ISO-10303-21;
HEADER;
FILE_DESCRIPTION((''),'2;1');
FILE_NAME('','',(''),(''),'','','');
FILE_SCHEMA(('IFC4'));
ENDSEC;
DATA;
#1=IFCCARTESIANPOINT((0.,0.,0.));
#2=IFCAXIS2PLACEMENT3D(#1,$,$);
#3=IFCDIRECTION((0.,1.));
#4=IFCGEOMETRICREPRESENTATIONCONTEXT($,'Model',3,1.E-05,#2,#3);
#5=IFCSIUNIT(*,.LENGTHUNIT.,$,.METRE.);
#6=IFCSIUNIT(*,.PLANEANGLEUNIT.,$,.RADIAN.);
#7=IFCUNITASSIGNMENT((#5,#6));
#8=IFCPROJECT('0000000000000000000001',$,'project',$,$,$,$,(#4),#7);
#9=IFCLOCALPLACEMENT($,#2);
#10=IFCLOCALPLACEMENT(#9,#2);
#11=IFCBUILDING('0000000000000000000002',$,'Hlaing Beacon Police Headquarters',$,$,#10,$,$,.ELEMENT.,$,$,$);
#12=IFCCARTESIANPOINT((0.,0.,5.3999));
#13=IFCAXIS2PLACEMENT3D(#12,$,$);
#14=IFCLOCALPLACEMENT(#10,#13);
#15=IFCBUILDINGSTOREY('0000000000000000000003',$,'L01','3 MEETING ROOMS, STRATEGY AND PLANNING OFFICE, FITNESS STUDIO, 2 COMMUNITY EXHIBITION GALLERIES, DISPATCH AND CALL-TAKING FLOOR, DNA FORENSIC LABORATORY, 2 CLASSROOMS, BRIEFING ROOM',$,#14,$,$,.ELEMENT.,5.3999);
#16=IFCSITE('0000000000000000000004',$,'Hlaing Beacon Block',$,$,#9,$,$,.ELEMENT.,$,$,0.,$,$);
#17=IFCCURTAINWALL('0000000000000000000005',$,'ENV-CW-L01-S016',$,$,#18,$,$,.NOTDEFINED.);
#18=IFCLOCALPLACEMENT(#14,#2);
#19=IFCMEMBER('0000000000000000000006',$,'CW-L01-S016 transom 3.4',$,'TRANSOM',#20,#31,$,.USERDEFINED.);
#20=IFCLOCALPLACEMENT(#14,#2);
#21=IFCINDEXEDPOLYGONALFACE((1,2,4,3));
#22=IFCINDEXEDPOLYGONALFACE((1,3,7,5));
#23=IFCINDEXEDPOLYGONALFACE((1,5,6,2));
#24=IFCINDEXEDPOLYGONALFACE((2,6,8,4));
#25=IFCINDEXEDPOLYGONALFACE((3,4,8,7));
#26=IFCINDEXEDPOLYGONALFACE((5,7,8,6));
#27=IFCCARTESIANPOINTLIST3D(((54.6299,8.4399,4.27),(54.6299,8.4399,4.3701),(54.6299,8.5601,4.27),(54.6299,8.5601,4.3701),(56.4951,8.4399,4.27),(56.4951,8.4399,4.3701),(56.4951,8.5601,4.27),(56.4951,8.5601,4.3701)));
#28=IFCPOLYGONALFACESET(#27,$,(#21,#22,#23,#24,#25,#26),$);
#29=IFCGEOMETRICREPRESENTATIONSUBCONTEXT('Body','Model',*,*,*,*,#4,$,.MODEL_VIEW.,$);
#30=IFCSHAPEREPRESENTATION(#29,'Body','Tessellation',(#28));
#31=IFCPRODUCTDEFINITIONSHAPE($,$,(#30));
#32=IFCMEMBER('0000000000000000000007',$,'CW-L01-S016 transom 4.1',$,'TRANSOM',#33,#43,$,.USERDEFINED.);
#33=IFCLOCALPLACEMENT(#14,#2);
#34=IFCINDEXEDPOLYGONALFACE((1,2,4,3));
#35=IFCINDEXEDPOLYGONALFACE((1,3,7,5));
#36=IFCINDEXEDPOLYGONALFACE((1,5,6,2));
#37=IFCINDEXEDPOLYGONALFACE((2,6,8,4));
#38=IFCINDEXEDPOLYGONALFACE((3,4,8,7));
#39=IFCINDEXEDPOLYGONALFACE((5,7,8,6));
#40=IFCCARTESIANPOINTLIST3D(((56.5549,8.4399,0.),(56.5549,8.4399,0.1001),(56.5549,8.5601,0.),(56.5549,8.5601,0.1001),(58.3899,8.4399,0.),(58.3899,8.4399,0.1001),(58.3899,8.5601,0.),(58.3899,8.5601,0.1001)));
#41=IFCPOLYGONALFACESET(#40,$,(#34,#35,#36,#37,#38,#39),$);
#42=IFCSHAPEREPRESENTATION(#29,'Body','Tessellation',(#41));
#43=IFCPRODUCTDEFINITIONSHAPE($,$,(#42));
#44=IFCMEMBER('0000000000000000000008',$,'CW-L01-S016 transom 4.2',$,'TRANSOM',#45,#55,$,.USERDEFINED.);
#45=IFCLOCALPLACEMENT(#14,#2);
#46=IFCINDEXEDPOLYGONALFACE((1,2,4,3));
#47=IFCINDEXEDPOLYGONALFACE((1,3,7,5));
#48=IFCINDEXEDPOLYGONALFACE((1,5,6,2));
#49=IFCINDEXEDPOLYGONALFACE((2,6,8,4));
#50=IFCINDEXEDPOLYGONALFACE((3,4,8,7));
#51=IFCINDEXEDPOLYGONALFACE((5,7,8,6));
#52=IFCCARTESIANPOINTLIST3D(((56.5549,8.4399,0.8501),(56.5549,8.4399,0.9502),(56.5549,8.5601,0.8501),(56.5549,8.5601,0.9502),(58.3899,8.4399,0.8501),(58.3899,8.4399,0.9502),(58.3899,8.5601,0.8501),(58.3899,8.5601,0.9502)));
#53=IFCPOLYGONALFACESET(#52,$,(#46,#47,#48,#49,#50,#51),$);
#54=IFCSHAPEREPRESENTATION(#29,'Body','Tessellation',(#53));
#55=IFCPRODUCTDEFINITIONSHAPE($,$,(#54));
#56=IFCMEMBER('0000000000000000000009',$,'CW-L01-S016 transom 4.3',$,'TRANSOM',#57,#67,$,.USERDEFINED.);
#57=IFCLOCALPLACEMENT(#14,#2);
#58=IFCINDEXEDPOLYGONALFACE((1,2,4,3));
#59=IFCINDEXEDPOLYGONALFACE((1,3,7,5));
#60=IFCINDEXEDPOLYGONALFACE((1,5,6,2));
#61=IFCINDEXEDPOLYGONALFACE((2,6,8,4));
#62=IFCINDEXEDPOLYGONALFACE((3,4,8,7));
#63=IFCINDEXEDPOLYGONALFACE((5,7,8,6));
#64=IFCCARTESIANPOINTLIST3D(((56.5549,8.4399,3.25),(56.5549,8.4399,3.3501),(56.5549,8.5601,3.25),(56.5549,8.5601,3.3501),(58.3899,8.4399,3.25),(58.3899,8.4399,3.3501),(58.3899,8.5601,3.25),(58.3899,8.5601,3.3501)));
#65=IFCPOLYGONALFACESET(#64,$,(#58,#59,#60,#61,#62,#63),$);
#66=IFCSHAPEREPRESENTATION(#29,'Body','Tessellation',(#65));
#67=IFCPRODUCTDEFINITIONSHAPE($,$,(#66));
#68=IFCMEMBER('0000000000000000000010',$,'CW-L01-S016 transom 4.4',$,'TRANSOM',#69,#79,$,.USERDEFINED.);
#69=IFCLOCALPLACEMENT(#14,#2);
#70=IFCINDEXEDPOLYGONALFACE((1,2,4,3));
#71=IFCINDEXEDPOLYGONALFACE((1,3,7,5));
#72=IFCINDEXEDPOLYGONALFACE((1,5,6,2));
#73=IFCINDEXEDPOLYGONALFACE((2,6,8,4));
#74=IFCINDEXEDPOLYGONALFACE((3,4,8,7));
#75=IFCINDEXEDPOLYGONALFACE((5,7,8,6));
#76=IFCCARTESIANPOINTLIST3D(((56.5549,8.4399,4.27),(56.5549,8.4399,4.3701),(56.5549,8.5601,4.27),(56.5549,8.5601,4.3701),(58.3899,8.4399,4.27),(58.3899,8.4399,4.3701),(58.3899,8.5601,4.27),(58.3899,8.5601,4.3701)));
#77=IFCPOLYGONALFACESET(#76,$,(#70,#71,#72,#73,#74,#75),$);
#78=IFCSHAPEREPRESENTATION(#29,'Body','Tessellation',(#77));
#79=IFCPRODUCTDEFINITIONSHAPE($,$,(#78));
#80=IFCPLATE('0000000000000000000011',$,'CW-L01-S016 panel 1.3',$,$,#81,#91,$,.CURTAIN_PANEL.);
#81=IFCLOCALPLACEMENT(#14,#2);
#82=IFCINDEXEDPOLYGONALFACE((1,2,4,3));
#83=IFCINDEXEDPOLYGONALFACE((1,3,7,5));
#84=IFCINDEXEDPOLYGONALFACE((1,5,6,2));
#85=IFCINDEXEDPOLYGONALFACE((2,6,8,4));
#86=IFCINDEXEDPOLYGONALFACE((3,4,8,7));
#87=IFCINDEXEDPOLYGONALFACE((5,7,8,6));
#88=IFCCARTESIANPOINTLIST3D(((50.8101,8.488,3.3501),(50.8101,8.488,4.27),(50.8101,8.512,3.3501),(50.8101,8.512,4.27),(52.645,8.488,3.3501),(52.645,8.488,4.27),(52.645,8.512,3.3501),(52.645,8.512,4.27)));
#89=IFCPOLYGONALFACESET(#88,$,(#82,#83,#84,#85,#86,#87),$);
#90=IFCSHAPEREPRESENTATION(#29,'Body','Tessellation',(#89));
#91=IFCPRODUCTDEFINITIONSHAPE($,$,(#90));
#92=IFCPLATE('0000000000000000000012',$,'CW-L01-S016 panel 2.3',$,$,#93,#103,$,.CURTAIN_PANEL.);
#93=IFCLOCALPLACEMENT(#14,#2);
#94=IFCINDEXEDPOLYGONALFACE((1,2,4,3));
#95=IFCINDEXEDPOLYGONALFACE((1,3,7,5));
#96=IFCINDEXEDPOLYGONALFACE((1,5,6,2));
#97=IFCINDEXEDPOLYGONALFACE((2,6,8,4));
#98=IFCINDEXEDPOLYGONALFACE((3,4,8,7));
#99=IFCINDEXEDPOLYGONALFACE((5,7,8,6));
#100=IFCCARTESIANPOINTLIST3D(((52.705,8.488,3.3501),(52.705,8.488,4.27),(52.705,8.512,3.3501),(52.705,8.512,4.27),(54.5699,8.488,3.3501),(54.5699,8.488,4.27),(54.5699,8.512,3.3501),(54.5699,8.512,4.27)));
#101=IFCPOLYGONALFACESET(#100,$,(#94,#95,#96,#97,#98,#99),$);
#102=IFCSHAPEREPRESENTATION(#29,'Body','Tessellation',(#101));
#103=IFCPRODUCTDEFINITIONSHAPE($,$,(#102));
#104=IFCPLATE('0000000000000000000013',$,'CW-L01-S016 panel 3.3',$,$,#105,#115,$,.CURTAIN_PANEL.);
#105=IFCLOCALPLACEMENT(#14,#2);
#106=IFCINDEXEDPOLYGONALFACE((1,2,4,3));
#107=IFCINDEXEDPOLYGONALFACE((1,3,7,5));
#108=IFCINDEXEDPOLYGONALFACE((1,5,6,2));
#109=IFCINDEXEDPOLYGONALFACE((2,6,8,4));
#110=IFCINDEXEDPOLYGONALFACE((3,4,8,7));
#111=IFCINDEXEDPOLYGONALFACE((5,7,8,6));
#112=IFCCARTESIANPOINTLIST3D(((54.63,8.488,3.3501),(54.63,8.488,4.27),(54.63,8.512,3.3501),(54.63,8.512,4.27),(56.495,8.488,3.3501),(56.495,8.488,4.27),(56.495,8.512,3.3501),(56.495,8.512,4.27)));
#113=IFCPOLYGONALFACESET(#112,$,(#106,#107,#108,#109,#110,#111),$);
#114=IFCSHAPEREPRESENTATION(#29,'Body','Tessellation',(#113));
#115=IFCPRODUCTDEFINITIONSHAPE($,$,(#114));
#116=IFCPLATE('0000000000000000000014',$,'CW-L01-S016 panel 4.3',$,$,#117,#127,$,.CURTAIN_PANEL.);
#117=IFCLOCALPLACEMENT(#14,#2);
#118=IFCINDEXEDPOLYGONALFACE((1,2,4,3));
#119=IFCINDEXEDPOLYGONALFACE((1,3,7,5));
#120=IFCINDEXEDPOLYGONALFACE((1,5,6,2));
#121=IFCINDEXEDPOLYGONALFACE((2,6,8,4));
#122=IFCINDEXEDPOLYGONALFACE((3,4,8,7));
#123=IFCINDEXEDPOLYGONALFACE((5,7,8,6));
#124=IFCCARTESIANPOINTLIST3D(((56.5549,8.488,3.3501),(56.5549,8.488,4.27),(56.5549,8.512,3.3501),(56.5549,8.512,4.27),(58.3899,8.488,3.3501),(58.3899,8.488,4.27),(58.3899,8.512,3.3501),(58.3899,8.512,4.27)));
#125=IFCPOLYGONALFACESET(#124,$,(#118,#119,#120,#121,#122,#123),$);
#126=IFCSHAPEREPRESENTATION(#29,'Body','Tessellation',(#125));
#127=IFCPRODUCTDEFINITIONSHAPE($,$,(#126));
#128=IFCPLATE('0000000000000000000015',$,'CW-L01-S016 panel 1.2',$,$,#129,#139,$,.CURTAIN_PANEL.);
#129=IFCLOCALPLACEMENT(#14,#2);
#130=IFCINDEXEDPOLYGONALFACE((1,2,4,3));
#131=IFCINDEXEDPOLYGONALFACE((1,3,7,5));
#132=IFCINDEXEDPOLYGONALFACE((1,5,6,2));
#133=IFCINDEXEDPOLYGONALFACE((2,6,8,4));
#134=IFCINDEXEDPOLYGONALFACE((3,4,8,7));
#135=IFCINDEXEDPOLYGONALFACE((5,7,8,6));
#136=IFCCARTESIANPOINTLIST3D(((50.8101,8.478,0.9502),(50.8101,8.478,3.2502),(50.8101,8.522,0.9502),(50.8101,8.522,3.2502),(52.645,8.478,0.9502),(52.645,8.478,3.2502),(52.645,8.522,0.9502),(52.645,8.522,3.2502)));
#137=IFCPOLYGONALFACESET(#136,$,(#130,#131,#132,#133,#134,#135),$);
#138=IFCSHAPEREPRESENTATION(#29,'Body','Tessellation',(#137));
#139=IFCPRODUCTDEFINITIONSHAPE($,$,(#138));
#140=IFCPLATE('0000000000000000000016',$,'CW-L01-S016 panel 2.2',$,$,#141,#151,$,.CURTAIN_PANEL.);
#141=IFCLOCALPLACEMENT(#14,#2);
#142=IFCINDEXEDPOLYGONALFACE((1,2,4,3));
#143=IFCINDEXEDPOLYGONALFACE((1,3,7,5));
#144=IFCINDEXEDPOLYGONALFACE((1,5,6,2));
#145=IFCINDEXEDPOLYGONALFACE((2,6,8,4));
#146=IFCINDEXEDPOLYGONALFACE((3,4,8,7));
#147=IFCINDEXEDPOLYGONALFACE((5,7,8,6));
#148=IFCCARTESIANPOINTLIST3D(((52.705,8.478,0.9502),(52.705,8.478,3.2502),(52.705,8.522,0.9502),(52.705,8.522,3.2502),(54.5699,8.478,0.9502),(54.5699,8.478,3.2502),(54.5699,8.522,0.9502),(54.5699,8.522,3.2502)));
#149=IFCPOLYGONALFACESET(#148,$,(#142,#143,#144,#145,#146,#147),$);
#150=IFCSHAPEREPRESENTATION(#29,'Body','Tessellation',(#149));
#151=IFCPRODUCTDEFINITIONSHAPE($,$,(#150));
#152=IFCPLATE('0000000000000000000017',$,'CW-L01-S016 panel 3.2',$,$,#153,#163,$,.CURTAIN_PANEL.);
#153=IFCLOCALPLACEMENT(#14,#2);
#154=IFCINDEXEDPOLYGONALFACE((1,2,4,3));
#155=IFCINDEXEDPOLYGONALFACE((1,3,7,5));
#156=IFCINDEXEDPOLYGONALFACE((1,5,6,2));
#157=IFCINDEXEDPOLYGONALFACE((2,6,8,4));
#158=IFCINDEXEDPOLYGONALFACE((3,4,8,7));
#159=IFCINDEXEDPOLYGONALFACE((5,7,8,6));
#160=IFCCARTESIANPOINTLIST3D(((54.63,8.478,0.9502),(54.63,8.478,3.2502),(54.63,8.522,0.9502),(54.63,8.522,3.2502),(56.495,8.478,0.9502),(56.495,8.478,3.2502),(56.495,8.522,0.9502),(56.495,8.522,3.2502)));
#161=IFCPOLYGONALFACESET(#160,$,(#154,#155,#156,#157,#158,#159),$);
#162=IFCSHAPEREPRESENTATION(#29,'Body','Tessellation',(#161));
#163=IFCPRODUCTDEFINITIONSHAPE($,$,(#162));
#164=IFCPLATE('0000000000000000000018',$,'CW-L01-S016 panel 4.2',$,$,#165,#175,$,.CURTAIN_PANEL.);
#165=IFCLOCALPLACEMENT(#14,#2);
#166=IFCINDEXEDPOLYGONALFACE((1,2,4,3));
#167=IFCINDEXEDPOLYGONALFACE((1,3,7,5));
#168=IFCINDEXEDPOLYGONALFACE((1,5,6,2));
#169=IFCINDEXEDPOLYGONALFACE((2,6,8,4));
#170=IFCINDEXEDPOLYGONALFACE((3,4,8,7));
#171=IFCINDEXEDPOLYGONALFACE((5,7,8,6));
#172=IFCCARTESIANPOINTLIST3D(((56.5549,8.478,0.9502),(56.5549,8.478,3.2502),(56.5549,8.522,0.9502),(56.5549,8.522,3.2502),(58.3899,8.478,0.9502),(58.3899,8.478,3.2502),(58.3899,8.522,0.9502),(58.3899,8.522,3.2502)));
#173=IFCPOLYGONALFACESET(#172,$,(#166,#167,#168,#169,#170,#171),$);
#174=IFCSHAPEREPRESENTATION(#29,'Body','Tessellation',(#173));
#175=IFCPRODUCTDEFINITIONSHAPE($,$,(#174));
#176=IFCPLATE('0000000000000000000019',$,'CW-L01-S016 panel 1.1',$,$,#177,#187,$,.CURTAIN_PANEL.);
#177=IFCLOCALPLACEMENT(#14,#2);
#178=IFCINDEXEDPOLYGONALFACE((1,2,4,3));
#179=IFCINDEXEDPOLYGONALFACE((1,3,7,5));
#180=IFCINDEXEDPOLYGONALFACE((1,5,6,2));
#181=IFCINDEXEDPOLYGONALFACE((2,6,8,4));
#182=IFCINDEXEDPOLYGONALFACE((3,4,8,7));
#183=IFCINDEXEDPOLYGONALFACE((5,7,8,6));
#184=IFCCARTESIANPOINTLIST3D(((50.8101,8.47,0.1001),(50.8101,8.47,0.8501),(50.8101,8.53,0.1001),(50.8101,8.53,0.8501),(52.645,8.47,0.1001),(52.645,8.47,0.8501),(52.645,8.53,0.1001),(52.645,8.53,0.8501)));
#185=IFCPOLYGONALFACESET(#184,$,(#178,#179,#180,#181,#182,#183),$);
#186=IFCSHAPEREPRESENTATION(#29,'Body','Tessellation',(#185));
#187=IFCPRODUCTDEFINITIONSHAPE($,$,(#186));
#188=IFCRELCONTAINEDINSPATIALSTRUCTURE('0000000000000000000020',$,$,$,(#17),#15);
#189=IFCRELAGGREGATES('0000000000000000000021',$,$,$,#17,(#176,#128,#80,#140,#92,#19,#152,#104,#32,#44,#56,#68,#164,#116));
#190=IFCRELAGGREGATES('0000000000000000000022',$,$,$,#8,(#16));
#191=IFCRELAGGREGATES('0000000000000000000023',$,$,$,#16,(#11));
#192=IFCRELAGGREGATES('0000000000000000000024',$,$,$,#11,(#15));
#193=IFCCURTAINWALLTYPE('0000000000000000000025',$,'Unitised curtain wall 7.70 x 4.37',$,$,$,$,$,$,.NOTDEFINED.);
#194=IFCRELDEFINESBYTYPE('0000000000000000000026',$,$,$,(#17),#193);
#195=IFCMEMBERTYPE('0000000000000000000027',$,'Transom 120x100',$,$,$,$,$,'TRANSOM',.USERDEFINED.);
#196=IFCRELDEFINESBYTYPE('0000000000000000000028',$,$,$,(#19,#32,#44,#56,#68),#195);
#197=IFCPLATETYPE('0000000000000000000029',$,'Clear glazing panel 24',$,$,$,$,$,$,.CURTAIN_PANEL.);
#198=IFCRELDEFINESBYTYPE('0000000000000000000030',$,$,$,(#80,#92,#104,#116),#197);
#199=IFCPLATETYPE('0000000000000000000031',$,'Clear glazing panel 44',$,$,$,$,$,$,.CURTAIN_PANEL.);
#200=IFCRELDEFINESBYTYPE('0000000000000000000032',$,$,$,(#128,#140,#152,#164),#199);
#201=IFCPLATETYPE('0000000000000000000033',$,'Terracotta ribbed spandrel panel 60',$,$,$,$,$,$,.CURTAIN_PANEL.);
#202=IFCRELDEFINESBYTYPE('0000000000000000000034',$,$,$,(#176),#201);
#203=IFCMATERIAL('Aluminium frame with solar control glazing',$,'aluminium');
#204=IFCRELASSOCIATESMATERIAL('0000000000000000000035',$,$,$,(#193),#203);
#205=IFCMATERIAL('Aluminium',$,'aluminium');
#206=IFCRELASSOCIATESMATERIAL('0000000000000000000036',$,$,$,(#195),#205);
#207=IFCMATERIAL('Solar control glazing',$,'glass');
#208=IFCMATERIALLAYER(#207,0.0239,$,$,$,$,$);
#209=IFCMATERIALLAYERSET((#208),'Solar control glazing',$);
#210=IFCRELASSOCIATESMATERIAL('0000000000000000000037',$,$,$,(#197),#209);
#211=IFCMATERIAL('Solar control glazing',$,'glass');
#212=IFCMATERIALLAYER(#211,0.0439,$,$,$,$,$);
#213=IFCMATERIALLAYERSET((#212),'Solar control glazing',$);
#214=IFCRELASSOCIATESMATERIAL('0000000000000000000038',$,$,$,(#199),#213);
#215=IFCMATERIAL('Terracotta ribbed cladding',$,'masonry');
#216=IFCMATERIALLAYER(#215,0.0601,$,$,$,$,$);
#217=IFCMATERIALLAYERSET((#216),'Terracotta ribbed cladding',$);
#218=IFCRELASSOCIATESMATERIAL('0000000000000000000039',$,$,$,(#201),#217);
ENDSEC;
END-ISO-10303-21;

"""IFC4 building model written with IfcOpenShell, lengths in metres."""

from ifc_helpers import new_model, si_unit, direction, frame, origin, origin_2d, place, context, subcontext, project, spatial, rectangle, extrude, material, layer, layer_set, material_profile, profile_set, type_object, element, aggregate, save


model = new_model("IFC4")

# Units and contexts
model_context = context("Model", 3, precision=1e-05, world=origin(), true_north=direction((0.0, 1.0)))
body_context = subcontext(model_context, "Body", "Model", "MODEL_VIEW")
ifc_project = project(units=[si_unit("LENGTHUNIT", "METRE"), si_unit("PLANEANGLEUNIT", "RADIAN")], contexts=[model_context])

# Site, building, storey
site_placement = place(None, origin())
site = spatial("IfcSite", under=ifc_project, at=site_placement, Name="Hlaing Beacon Block", CompositionType="ELEMENT", RefElevation=0.0)
building_placement = place(site_placement, origin())
building = spatial("IfcBuilding", under=site, at=building_placement, Name="Hlaing Beacon Police Headquarters", CompositionType="ELEMENT")
storey_placement = place(building_placement, frame((0.0, 0.0, 5.3999)))
storey = spatial("IfcBuildingStorey", under=building, at=storey_placement, Name="L01", Description="3 MEETING ROOMS, STRATEGY AND PLANNING OFFICE, FITNESS STUDIO, 2 COMMUNITY EXHIBITION GALLERIES, DISPATCH AND CALL-TAKING FLOOR, DNA FORENSIC LABORATORY, 2 CLASSROOMS, BRIEFING ROOM", CompositionType="ELEMENT", Elevation=5.3999)

# Curtain wall, members, plates
ifc_material_1 = material(Name="Aluminium frame with solar control glazing", Category="aluminium")
curtain_wall_type = type_object("IfcCurtainWallType", Name="Unitised curtain wall 7.70 x 4.37", PredefinedType="NOTDEFINED", material=ifc_material_1)
curtain_wall_placement = place(storey_placement, origin())
curtain_wall = element("IfcCurtainWall", 1, at=curtain_wall_placement, inside=storey, type_object=curtain_wall_type, Name="ENV-CW-L01-S016", PredefinedType="NOTDEFINED")
ifc_material_2 = material(Name="Aluminium", Category="aluminium")
ifc_material_profile_1 = material_profile(ifc_material_2, rectangle(XDim=0.1201, YDim=0.1001, at=origin_2d()), Name="Transom 120x100")
ifc_profile_set_1 = profile_set([ifc_material_profile_1], Name="Aluminium")
member_type_1 = type_object("IfcMemberType", Name="Transom 120x100", ElementType="TRANSOM", PredefinedType="USERDEFINED", material=ifc_profile_set_1)
member_1_placement = place(storey_placement, frame((54.6299, 8.5, 4.3201), z_axis=(1.0, 0.0, 0.0), x_axis=(0.0, 1.0, 0.0)))
member_1 = element("IfcMember", 2, at=member_1_placement, type_object=member_type_1, Name="CW-L01-S016 transom 3.4", ObjectType="TRANSOM", PredefinedType="USERDEFINED", context=body_context, shape_type="SweptSolid", body=[
    extrude(rectangle(XDim=0.1201, YDim=0.1001, at=origin_2d()), origin(), (0.0, 0.0, 1.0), 1.8652),
])
member_2_placement = place(storey_placement, frame((56.5549, 8.5, 0.05), z_axis=(1.0, 0.0, 0.0), x_axis=(0.0, 1.0, 0.0)))
member_2 = element("IfcMember", 3, at=member_2_placement, type_object=member_type_1, Name="CW-L01-S016 transom 4.1", ObjectType="TRANSOM", PredefinedType="USERDEFINED", context=body_context, shape_type="SweptSolid", body=[
    extrude(rectangle(XDim=0.1201, YDim=0.1001, at=origin_2d()), origin(), (0.0, 0.0, 1.0), 1.835),
])
member_3_placement = place(storey_placement, frame((56.5549, 8.5, 0.9001), z_axis=(1.0, 0.0, 0.0), x_axis=(0.0, 1.0, 0.0)))
member_3 = element("IfcMember", 4, at=member_3_placement, type_object=member_type_1, Name="CW-L01-S016 transom 4.2", ObjectType="TRANSOM", PredefinedType="USERDEFINED", context=body_context, shape_type="SweptSolid", body=[
    extrude(rectangle(XDim=0.1201, YDim=0.1001, at=origin_2d()), origin(), (0.0, 0.0, 1.0), 1.835),
])
member_4_placement = place(storey_placement, frame((56.5549, 8.5, 3.3), z_axis=(1.0, 0.0, 0.0), x_axis=(0.0, 1.0, 0.0)))
member_4 = element("IfcMember", 5, at=member_4_placement, type_object=member_type_1, Name="CW-L01-S016 transom 4.3", ObjectType="TRANSOM", PredefinedType="USERDEFINED", context=body_context, shape_type="SweptSolid", body=[
    extrude(rectangle(XDim=0.1201, YDim=0.1001, at=origin_2d()), origin(), (0.0, 0.0, 1.0), 1.835),
])
member_5_placement = place(storey_placement, frame((56.5549, 8.5, 4.3201), z_axis=(1.0, 0.0, 0.0), x_axis=(0.0, 1.0, 0.0)))
member_5 = element("IfcMember", 6, at=member_5_placement, type_object=member_type_1, Name="CW-L01-S016 transom 4.4", ObjectType="TRANSOM", PredefinedType="USERDEFINED", context=body_context, shape_type="SweptSolid", body=[
    extrude(rectangle(XDim=0.1201, YDim=0.1001, at=origin_2d()), origin(), (0.0, 0.0, 1.0), 1.835),
])
ifc_material_3 = material(Name="Solar control glazing", Category="glass")
ifc_layer_1 = layer(ifc_material_3, 0.0239)
ifc_layer_set_1 = layer_set([ifc_layer_1], Name="Solar control glazing")
plate_type_1 = type_object("IfcPlateType", Name="Clear glazing panel 24", PredefinedType="CURTAIN_PANEL", material=ifc_layer_set_1)
plate_1_placement = place(storey_placement, frame((51.7275, 8.5, 3.3501), z_axis=(0.0, 0.0, 1.0), x_axis=(1.0, 0.0, 0.0)))
plate_1 = element("IfcPlate", 7, at=plate_1_placement, type_object=plate_type_1, Name="CW-L01-S016 panel 1.3", PredefinedType="CURTAIN_PANEL", context=body_context, shape_type="SweptSolid", body=[
    extrude(rectangle(XDim=1.835, YDim=0.0239, at=origin_2d()), origin(), (0.0, 0.0, 1.0), 0.9199),
])
plate_2_placement = place(storey_placement, frame((53.6375, 8.5, 3.3501), z_axis=(0.0, 0.0, 1.0), x_axis=(1.0, 0.0, 0.0)))
plate_2 = element("IfcPlate", 8, at=plate_2_placement, type_object=plate_type_1, Name="CW-L01-S016 panel 2.3", PredefinedType="CURTAIN_PANEL", context=body_context, shape_type="SweptSolid", body=[
    extrude(rectangle(XDim=1.865, YDim=0.0239, at=origin_2d()), origin(), (0.0, 0.0, 1.0), 0.9199),
])
plate_3_placement = place(storey_placement, frame((55.5625, 8.5, 3.3501), z_axis=(0.0, 0.0, 1.0), x_axis=(1.0, 0.0, 0.0)))
plate_3 = element("IfcPlate", 9, at=plate_3_placement, type_object=plate_type_1, Name="CW-L01-S016 panel 3.3", PredefinedType="CURTAIN_PANEL", context=body_context, shape_type="SweptSolid", body=[
    extrude(rectangle(XDim=1.865, YDim=0.0239, at=origin_2d()), origin(), (0.0, 0.0, 1.0), 0.9199),
])
plate_4_placement = place(storey_placement, frame((57.4724, 8.5, 3.3501), z_axis=(0.0, 0.0, 1.0), x_axis=(1.0, 0.0, 0.0)))
plate_4 = element("IfcPlate", 10, at=plate_4_placement, type_object=plate_type_1, Name="CW-L01-S016 panel 4.3", PredefinedType="CURTAIN_PANEL", context=body_context, shape_type="SweptSolid", body=[
    extrude(rectangle(XDim=1.835, YDim=0.0239, at=origin_2d()), origin(), (0.0, 0.0, 1.0), 0.9199),
])
ifc_material_4 = material(Name="Solar control glazing", Category="glass")
ifc_layer_2 = layer(ifc_material_4, 0.0439)
ifc_layer_set_2 = layer_set([ifc_layer_2], Name="Solar control glazing")
plate_type_2 = type_object("IfcPlateType", Name="Clear glazing panel 44", PredefinedType="CURTAIN_PANEL", material=ifc_layer_set_2)
plate_5_placement = place(storey_placement, frame((51.7275, 8.5, 0.9502), z_axis=(0.0, 0.0, 1.0), x_axis=(1.0, 0.0, 0.0)))
plate_5 = element("IfcPlate", 11, at=plate_5_placement, type_object=plate_type_2, Name="CW-L01-S016 panel 1.2", PredefinedType="CURTAIN_PANEL", context=body_context, shape_type="SweptSolid", body=[
    extrude(rectangle(XDim=1.835, YDim=0.0439, at=origin_2d()), origin(), (0.0, 0.0, 1.0), 2.3),
])
plate_6_placement = place(storey_placement, frame((53.6375, 8.5, 0.9502), z_axis=(0.0, 0.0, 1.0), x_axis=(1.0, 0.0, 0.0)))
plate_6 = element("IfcPlate", 12, at=plate_6_placement, type_object=plate_type_2, Name="CW-L01-S016 panel 2.2", PredefinedType="CURTAIN_PANEL", context=body_context, shape_type="SweptSolid", body=[
    extrude(rectangle(XDim=1.865, YDim=0.0439, at=origin_2d()), origin(), (0.0, 0.0, 1.0), 2.3),
])
plate_7_placement = place(storey_placement, frame((55.5625, 8.5, 0.9502), z_axis=(0.0, 0.0, 1.0), x_axis=(1.0, 0.0, 0.0)))
plate_7 = element("IfcPlate", 13, at=plate_7_placement, type_object=plate_type_2, Name="CW-L01-S016 panel 3.2", PredefinedType="CURTAIN_PANEL", context=body_context, shape_type="SweptSolid", body=[
    extrude(rectangle(XDim=1.865, YDim=0.0439, at=origin_2d()), origin(), (0.0, 0.0, 1.0), 2.3),
])
plate_8_placement = place(storey_placement, frame((57.4724, 8.5, 0.9502), z_axis=(0.0, 0.0, 1.0), x_axis=(1.0, 0.0, 0.0)))
plate_8 = element("IfcPlate", 14, at=plate_8_placement, type_object=plate_type_2, Name="CW-L01-S016 panel 4.2", PredefinedType="CURTAIN_PANEL", context=body_context, shape_type="SweptSolid", body=[
    extrude(rectangle(XDim=1.835, YDim=0.0439, at=origin_2d()), origin(), (0.0, 0.0, 1.0), 2.3),
])
ifc_material_5 = material(Name="Terracotta ribbed cladding", Category="masonry")
ifc_layer_3 = layer(ifc_material_5, 0.0601)
ifc_layer_set_3 = layer_set([ifc_layer_3], Name="Terracotta ribbed cladding")
plate_type_3 = type_object("IfcPlateType", Name="Terracotta ribbed spandrel panel 60", PredefinedType="CURTAIN_PANEL", material=ifc_layer_set_3)
plate_9_placement = place(storey_placement, frame((51.7275, 8.5, 0.1001), z_axis=(0.0, 0.0, 1.0), x_axis=(1.0, 0.0, 0.0)))
plate_9 = element("IfcPlate", 15, at=plate_9_placement, type_object=plate_type_3, Name="CW-L01-S016 panel 1.1", PredefinedType="CURTAIN_PANEL", context=body_context, shape_type="SweptSolid", body=[
    extrude(rectangle(XDim=1.835, YDim=0.0601, at=origin_2d()), origin(), (0.0, 0.0, 1.0), 0.75),
])
aggregate(curtain_wall, [plate_9, plate_5, plate_1, plate_6, plate_2, member_1, plate_7, plate_3, member_2, member_3, member_4, member_5, plate_8, plate_4])

save(model, "model.ifc")
